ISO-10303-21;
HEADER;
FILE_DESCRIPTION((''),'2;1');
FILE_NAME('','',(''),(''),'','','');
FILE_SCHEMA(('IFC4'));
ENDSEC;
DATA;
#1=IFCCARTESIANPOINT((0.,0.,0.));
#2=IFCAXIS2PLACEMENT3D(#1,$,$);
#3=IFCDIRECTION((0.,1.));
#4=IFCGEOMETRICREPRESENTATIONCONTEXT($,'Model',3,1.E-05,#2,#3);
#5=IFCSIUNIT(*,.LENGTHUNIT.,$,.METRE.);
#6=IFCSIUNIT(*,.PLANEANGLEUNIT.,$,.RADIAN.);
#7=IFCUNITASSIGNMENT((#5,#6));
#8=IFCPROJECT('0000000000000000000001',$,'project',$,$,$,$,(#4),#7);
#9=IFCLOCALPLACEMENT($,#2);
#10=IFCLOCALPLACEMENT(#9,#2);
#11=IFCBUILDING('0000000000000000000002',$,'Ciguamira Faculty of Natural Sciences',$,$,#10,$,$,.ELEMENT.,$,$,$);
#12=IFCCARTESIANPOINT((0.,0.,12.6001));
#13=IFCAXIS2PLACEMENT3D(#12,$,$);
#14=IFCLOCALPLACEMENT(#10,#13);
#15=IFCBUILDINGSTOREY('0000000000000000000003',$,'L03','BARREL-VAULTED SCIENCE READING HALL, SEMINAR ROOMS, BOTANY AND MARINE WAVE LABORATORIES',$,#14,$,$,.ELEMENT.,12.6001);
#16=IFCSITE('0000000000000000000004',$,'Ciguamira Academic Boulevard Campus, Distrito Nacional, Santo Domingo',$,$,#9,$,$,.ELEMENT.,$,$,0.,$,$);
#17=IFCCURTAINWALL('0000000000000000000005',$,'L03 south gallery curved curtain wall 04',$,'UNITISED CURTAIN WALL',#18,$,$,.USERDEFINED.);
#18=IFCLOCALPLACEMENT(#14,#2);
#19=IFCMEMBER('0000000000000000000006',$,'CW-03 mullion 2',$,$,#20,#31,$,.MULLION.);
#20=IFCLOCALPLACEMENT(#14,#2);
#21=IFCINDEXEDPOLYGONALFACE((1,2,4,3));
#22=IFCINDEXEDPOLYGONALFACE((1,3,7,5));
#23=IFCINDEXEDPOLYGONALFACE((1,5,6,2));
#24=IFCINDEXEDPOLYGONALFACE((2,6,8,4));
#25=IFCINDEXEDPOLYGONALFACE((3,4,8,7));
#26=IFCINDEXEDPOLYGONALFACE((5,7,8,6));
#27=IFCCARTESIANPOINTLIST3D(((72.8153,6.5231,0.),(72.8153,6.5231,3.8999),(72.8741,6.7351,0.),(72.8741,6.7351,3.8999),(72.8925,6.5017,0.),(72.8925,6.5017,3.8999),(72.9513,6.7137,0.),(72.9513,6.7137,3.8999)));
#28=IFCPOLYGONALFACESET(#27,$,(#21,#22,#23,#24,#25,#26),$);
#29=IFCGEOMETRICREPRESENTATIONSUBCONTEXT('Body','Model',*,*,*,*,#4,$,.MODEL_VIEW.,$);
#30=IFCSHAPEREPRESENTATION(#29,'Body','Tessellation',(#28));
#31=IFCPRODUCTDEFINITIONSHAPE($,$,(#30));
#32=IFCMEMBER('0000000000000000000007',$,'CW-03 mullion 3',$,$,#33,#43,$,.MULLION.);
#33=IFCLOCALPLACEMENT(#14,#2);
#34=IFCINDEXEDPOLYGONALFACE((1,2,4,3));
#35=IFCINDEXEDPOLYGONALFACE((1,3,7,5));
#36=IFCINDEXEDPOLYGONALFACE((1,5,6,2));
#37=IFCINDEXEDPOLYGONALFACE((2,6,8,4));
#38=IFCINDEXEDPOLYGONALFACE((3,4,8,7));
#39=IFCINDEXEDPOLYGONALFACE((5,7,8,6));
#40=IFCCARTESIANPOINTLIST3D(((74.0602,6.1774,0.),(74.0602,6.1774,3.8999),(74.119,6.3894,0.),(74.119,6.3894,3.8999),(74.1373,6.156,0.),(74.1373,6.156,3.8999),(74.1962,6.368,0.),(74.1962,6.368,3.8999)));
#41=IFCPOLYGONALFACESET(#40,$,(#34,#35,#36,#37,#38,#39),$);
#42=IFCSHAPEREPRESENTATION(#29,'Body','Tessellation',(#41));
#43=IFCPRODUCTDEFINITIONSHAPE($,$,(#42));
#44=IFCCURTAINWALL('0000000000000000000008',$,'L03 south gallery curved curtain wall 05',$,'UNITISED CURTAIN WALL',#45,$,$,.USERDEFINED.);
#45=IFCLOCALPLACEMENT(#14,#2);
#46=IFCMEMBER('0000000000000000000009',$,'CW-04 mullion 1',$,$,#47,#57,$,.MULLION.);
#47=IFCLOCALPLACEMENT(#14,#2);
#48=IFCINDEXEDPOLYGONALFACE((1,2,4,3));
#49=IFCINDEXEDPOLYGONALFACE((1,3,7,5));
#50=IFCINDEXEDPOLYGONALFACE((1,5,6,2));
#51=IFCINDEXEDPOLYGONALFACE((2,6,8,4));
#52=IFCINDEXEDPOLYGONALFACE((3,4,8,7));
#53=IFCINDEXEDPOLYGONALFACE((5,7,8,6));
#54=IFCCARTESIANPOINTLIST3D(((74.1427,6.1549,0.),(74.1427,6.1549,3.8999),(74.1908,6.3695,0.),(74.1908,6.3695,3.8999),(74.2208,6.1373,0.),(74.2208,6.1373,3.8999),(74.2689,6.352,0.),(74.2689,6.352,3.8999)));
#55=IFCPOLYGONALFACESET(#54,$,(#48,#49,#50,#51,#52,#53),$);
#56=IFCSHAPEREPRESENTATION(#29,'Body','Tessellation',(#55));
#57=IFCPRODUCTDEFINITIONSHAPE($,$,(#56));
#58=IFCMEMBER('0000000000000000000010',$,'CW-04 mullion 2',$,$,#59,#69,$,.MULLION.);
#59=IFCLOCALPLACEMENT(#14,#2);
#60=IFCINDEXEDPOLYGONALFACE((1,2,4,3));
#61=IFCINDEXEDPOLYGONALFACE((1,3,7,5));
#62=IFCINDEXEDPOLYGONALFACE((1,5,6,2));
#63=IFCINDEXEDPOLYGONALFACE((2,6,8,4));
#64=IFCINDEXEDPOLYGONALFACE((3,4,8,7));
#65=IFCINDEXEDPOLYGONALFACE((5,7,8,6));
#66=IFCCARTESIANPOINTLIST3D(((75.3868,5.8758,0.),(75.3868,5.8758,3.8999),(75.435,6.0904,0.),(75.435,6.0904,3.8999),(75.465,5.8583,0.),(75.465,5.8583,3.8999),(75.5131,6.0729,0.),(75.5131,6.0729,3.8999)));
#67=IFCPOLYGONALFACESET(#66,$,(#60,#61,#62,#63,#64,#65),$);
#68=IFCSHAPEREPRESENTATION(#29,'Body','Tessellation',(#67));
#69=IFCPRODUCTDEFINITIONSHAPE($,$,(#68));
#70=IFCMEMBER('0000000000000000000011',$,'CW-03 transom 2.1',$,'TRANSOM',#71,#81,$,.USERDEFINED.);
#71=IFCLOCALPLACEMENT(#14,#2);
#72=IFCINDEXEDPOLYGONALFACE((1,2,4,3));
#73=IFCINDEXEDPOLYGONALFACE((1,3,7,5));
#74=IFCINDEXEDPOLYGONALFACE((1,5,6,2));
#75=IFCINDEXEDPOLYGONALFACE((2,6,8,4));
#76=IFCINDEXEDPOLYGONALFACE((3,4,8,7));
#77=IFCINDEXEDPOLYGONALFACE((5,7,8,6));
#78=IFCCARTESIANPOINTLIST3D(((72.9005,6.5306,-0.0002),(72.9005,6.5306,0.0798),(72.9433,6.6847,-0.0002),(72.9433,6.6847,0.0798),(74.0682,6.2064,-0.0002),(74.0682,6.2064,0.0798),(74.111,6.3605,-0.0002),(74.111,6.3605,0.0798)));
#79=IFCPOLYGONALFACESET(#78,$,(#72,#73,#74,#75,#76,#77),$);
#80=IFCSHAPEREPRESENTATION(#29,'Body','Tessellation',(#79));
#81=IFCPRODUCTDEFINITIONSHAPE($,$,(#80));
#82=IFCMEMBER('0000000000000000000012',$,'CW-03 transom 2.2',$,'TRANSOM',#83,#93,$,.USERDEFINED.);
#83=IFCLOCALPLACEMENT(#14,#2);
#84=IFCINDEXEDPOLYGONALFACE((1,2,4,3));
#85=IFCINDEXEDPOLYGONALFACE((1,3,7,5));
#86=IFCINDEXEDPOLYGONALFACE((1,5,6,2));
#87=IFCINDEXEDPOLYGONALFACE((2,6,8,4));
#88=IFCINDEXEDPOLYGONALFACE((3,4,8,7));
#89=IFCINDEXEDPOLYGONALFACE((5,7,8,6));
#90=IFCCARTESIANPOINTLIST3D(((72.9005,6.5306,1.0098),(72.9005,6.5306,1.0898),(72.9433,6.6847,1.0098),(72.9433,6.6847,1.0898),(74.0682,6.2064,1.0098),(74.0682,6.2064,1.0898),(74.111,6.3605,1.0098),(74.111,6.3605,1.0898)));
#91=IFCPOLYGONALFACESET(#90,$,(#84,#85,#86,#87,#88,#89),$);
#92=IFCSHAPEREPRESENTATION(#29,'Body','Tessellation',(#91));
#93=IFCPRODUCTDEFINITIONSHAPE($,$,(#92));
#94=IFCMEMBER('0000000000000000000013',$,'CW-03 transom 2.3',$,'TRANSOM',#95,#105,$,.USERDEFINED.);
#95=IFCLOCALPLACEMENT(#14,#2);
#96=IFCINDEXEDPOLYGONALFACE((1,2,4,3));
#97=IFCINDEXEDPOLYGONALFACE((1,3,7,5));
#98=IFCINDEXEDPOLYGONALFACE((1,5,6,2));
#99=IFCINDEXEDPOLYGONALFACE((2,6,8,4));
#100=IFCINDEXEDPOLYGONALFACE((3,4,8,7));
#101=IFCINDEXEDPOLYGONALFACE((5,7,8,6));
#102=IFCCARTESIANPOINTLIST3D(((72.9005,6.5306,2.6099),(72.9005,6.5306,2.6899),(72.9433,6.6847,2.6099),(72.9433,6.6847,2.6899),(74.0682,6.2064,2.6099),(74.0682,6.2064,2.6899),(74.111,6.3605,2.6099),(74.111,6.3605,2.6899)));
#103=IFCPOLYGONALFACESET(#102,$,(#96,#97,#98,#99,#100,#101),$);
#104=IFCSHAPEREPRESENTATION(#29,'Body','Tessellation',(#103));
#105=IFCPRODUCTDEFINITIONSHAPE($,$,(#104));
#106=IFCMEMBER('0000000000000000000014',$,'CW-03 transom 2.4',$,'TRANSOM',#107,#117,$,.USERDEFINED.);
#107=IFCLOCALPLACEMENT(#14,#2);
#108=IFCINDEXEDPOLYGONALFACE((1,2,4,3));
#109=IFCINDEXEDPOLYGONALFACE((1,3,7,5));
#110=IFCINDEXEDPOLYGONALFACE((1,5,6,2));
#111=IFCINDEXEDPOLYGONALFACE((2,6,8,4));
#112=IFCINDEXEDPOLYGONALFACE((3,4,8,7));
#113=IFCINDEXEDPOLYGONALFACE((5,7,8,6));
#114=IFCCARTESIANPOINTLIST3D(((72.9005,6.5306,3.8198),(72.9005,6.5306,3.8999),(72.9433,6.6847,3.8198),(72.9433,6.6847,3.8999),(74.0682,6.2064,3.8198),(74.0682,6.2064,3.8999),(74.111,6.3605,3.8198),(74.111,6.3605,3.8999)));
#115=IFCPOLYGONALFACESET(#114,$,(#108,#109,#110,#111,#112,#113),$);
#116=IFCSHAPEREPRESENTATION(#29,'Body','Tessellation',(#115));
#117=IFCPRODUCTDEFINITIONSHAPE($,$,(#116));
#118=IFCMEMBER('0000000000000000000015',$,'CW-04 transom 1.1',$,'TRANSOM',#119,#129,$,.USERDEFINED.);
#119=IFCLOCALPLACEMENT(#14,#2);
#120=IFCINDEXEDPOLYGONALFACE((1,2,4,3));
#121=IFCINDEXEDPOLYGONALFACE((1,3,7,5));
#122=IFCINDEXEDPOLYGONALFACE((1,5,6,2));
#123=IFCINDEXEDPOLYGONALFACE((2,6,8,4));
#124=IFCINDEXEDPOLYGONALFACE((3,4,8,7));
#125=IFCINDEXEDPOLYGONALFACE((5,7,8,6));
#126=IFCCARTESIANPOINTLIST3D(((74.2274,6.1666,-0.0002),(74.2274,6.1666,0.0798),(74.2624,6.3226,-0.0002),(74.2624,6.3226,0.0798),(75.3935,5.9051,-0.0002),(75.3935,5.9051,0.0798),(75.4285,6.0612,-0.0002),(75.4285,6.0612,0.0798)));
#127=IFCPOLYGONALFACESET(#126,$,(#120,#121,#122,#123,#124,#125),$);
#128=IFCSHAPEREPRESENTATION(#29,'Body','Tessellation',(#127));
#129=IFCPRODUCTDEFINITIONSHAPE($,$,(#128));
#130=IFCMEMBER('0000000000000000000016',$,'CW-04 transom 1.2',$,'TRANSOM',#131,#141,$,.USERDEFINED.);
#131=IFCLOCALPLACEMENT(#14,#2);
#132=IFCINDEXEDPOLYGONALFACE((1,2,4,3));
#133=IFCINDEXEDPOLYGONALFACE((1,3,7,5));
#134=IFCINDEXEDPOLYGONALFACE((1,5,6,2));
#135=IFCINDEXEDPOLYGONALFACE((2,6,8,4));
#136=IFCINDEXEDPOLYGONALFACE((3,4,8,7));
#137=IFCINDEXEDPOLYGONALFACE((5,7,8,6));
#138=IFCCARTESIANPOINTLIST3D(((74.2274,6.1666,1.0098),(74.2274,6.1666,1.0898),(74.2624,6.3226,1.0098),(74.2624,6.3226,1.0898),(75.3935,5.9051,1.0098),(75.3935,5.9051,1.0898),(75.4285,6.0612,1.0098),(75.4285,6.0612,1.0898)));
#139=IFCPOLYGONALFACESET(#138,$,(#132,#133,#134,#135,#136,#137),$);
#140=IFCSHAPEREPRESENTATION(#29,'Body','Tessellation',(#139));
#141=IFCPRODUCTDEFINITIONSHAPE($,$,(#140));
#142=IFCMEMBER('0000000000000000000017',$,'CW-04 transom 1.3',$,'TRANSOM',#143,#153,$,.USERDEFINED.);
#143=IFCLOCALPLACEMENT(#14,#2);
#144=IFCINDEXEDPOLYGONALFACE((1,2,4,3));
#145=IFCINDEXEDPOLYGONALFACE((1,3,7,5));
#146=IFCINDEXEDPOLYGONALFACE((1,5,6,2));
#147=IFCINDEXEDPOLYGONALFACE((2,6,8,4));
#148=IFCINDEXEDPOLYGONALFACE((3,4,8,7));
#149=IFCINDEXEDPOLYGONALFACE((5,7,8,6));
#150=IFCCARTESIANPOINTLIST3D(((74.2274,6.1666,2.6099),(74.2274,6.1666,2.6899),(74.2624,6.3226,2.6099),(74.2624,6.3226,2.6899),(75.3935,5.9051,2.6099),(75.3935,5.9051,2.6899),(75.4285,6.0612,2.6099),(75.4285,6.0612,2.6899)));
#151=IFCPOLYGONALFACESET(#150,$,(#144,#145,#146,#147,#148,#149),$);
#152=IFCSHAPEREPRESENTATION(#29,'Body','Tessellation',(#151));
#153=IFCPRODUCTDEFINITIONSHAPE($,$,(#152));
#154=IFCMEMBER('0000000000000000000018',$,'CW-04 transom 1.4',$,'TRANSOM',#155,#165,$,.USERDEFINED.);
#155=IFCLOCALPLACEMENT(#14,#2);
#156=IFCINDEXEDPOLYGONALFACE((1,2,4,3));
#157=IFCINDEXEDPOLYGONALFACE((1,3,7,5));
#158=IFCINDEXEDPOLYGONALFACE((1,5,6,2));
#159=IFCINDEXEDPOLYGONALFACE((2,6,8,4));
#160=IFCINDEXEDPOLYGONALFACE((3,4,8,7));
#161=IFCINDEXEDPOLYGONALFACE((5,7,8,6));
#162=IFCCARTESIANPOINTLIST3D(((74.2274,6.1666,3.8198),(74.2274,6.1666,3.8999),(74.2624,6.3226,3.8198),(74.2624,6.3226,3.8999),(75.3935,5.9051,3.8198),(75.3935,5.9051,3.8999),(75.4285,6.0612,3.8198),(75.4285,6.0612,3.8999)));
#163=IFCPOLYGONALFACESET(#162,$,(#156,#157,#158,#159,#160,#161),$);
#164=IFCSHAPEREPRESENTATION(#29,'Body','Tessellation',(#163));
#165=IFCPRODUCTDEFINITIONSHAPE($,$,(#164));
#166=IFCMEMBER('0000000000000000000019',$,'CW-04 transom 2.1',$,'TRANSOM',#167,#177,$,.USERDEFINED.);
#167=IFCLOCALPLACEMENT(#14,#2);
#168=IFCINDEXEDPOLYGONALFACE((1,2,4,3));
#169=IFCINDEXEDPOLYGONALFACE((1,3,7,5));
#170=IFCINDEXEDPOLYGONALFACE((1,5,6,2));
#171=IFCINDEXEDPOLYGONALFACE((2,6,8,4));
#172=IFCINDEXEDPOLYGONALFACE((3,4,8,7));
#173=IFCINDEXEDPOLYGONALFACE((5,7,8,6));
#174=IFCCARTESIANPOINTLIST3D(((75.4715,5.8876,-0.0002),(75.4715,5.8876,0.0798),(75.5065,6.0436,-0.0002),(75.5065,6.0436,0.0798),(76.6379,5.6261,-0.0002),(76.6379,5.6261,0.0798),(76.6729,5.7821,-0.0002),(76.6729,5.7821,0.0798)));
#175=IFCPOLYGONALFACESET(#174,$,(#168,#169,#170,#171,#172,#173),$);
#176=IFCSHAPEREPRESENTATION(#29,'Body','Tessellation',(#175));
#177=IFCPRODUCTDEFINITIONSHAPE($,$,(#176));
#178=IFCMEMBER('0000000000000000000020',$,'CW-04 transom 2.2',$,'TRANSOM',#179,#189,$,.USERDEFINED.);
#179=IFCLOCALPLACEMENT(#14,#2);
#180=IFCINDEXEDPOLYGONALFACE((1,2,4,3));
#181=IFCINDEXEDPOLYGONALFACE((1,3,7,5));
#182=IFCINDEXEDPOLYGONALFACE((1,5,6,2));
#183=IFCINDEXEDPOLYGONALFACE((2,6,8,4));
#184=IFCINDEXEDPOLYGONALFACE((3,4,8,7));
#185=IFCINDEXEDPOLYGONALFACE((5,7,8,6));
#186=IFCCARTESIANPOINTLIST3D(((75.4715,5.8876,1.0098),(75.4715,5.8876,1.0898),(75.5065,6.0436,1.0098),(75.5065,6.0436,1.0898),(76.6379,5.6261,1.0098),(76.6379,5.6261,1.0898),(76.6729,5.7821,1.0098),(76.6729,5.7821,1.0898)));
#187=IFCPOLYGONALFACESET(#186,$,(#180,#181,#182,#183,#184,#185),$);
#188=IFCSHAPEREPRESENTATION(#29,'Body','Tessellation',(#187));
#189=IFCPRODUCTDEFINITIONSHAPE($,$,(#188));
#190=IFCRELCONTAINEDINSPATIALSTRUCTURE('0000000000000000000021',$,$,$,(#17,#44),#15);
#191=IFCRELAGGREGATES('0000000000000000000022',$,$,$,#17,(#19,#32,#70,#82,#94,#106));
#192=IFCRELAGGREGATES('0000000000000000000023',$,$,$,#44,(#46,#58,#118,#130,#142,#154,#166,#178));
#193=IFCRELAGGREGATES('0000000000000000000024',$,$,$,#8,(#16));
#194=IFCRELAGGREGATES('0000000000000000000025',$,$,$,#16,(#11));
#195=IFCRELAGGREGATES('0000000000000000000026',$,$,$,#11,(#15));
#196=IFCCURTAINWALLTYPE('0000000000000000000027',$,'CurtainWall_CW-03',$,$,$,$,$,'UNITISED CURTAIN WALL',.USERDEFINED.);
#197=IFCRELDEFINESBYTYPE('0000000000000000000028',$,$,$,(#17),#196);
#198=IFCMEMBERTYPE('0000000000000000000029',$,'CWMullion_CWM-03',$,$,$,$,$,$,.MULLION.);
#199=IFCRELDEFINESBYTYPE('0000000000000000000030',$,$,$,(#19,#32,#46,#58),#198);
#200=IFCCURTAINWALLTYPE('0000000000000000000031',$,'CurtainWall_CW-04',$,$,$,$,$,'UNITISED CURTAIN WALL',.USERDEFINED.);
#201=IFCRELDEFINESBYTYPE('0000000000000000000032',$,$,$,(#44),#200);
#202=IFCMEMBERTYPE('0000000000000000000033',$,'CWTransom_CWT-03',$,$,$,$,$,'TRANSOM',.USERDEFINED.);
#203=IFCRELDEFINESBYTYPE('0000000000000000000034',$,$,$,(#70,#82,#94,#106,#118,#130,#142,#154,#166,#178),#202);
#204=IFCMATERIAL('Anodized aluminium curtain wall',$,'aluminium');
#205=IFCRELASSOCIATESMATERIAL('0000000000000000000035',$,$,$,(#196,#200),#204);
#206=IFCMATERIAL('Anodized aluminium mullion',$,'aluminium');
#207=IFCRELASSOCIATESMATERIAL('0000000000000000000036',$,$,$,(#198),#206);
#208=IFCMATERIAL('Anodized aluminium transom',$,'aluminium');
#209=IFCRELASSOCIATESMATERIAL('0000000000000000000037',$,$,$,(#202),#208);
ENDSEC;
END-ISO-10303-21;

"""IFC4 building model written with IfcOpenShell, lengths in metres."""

from ifc_helpers import new_model, si_unit, direction, frame, origin, origin_2d, place, context, subcontext, project, spatial, rectangle, extrude, material, material_profile, profile_set, type_object, element, aggregate, save


model = new_model("IFC4")

# Units and contexts
model_context = context("Model", 3, precision=1e-05, world=origin(), true_north=direction((0.0, 1.0)))
body_context = subcontext(model_context, "Body", "Model", "MODEL_VIEW")
ifc_project = project(units=[si_unit("LENGTHUNIT", "METRE"), si_unit("PLANEANGLEUNIT", "RADIAN")], contexts=[model_context])

# Site, building, storey
site_placement = place(None, origin())
site = spatial("IfcSite", under=ifc_project, at=site_placement, Name="Ciguamira Academic Boulevard Campus, Distrito Nacional, Santo Domingo", CompositionType="ELEMENT", RefElevation=0.0)
building_placement = place(site_placement, origin())
building = spatial("IfcBuilding", under=site, at=building_placement, Name="Ciguamira Faculty of Natural Sciences", CompositionType="ELEMENT")
storey_placement = place(building_placement, frame((0.0, 0.0, 12.6001)))
storey = spatial("IfcBuildingStorey", under=building, at=storey_placement, Name="L03", Description="BARREL-VAULTED SCIENCE READING HALL, SEMINAR ROOMS, BOTANY AND MARINE WAVE LABORATORIES", CompositionType="ELEMENT", Elevation=12.6001)

# Curtain walls, members
ifc_material_1 = material(Name="Anodized aluminium curtain wall", Category="aluminium")
curtain_wall_type_1 = type_object("IfcCurtainWallType", Name="CurtainWall_CW-03", ElementType="UNITISED CURTAIN WALL", PredefinedType="USERDEFINED", material=ifc_material_1)
curtain_wall_1_placement = place(storey_placement, origin())
curtain_wall_1 = element("IfcCurtainWall", 1, at=curtain_wall_1_placement, inside=storey, type_object=curtain_wall_type_1, Name="L03 south gallery curved curtain wall 04", ObjectType="UNITISED CURTAIN WALL", PredefinedType="USERDEFINED")
ifc_material_2 = material(Name="Anodized aluminium mullion", Category="aluminium")
ifc_material_profile_1 = material_profile(ifc_material_2, rectangle(XDim=0.0801, YDim=0.22, at=origin_2d()), Name="ALU-MUL-80X220")
ifc_profile_set_1 = profile_set([ifc_material_profile_1], Name="Anodized aluminium mullion")
member_type_1 = type_object("IfcMemberType", Name="CWMullion_CWM-03", PredefinedType="MULLION", material=ifc_profile_set_1)
member_1_placement = place(storey_placement, frame((72.8833, 6.6184, 0.0), z_axis=(0.0, 0.0, 1.0), x_axis=(0.963573, -0.267444, 0.0)))
member_1 = element("IfcMember", 2, at=member_1_placement, type_object=member_type_1, Name="CW-03 mullion 2", PredefinedType="MULLION", context=body_context, shape_type="SweptSolid", body=[
    extrude(rectangle(XDim=0.0801, YDim=0.22, at=origin_2d()), origin(), (0.0, 0.0, 1.0), 3.8999),
])
member_2_placement = place(storey_placement, frame((74.1282, 6.2727, 0.0), z_axis=(0.0, 0.0, 1.0), x_axis=(0.963573, -0.267444, 0.0)))
member_2 = element("IfcMember", 3, at=member_2_placement, type_object=member_type_1, Name="CW-03 mullion 3", PredefinedType="MULLION", context=body_context, shape_type="SweptSolid", body=[
    extrude(rectangle(XDim=0.0801, YDim=0.22, at=origin_2d()), origin(), (0.0, 0.0, 1.0), 3.8999),
])
curtain_wall_type_2 = type_object("IfcCurtainWallType", Name="CurtainWall_CW-04", ElementType="UNITISED CURTAIN WALL", PredefinedType="USERDEFINED", material=ifc_material_1)
curtain_wall_2_placement = place(storey_placement, origin())
curtain_wall_2 = element("IfcCurtainWall", 4, at=curtain_wall_2_placement, inside=storey, type_object=curtain_wall_type_2, Name="L03 south gallery curved curtain wall 05", ObjectType="UNITISED CURTAIN WALL", PredefinedType="USERDEFINED")
member_3_placement = place(storey_placement, frame((74.2058, 6.2534, 0.0), z_axis=(0.0, 0.0, 1.0), x_axis=(0.975763, -0.21883, 0.0)))
member_3 = element("IfcMember", 5, at=member_3_placement, type_object=member_type_1, Name="CW-04 mullion 1", PredefinedType="MULLION", context=body_context, shape_type="SweptSolid", body=[
    extrude(rectangle(XDim=0.0801, YDim=0.22, at=origin_2d()), origin(), (0.0, 0.0, 1.0), 3.8999),
])
member_4_placement = place(storey_placement, frame((75.45, 5.9744, 0.0), z_axis=(0.0, 0.0, 1.0), x_axis=(0.975763, -0.21883, 0.0)))
member_4 = element("IfcMember", 6, at=member_4_placement, type_object=member_type_1, Name="CW-04 mullion 2", PredefinedType="MULLION", context=body_context, shape_type="SweptSolid", body=[
    extrude(rectangle(XDim=0.0801, YDim=0.22, at=origin_2d()), origin(), (0.0, 0.0, 1.0), 3.8999),
])

# Members
ifc_material_3 = material(Name="Anodized aluminium transom", Category="aluminium")
ifc_material_profile_2 = material_profile(ifc_material_3, rectangle(XDim=0.0801, YDim=0.1599, at=origin_2d()), Name="ALU-TRN-80X160")
ifc_profile_set_2 = profile_set([ifc_material_profile_2], Name="Anodized aluminium transom")
member_type_2 = type_object("IfcMemberType", Name="CWTransom_CWT-03", ElementType="TRANSOM", PredefinedType="USERDEFINED", material=ifc_profile_set_2)
member_5_placement = place(storey_placement, frame((72.9219, 6.6077, 0.0398), z_axis=(0.96355, -0.26753, 0.0), x_axis=(0.0, 0.0, 1.0)))
member_5 = element("IfcMember", 7, at=member_5_placement, type_object=member_type_2, Name="CW-03 transom 2.1", ObjectType="TRANSOM", PredefinedType="USERDEFINED", context=body_context, shape_type="SweptSolid", body=[
    extrude(rectangle(XDim=0.0801, YDim=0.1599, at=origin_2d()), origin(), (0.0, 0.0, 1.0), 1.2119),
])
member_6_placement = place(storey_placement, frame((72.9219, 6.6077, 1.0498), z_axis=(0.96355, -0.26753, 0.0), x_axis=(0.0, 0.0, 1.0)))
member_6 = element("IfcMember", 8, at=member_6_placement, type_object=member_type_2, Name="CW-03 transom 2.2", ObjectType="TRANSOM", PredefinedType="USERDEFINED", context=body_context, shape_type="SweptSolid", body=[
    extrude(rectangle(XDim=0.0801, YDim=0.1599, at=origin_2d()), origin(), (0.0, 0.0, 1.0), 1.2119),
])
member_7_placement = place(storey_placement, frame((72.9219, 6.6077, 2.6499), z_axis=(0.96355, -0.26753, 0.0), x_axis=(0.0, 0.0, 1.0)))
member_7 = element("IfcMember", 9, at=member_7_placement, type_object=member_type_2, Name="CW-03 transom 2.3", ObjectType="TRANSOM", PredefinedType="USERDEFINED", context=body_context, shape_type="SweptSolid", body=[
    extrude(rectangle(XDim=0.0801, YDim=0.1599, at=origin_2d()), origin(), (0.0, 0.0, 1.0), 1.2119),
])
member_8_placement = place(storey_placement, frame((72.9219, 6.6077, 3.8599), z_axis=(0.96355, -0.26753, 0.0), x_axis=(0.0, 0.0, 1.0)))
member_8 = element("IfcMember", 10, at=member_8_placement, type_object=member_type_2, Name="CW-03 transom 2.4", ObjectType="TRANSOM", PredefinedType="USERDEFINED", context=body_context, shape_type="SweptSolid", body=[
    extrude(rectangle(XDim=0.0801, YDim=0.1599, at=origin_2d()), origin(), (0.0, 0.0, 1.0), 1.2119),
])
member_9_placement = place(storey_placement, frame((74.2449, 6.2446, 0.0398), z_axis=(0.975767, -0.218812, 0.0), x_axis=(0.0, 0.0, 1.0)))
member_9 = element("IfcMember", 11, at=member_9_placement, type_object=member_type_2, Name="CW-04 transom 1.1", ObjectType="TRANSOM", PredefinedType="USERDEFINED", context=body_context, shape_type="SweptSolid", body=[
    extrude(rectangle(XDim=0.0801, YDim=0.1599, at=origin_2d()), origin(), (0.0, 0.0, 1.0), 1.1951),
])
member_10_placement = place(storey_placement, frame((74.2449, 6.2446, 1.0498), z_axis=(0.975767, -0.218812, 0.0), x_axis=(0.0, 0.0, 1.0)))
member_10 = element("IfcMember", 12, at=member_10_placement, type_object=member_type_2, Name="CW-04 transom 1.2", ObjectType="TRANSOM", PredefinedType="USERDEFINED", context=body_context, shape_type="SweptSolid", body=[
    extrude(rectangle(XDim=0.0801, YDim=0.1599, at=origin_2d()), origin(), (0.0, 0.0, 1.0), 1.1951),
])
member_11_placement = place(storey_placement, frame((74.2449, 6.2446, 2.6499), z_axis=(0.975767, -0.218812, 0.0), x_axis=(0.0, 0.0, 1.0)))
member_11 = element("IfcMember", 13, at=member_11_placement, type_object=member_type_2, Name="CW-04 transom 1.3", ObjectType="TRANSOM", PredefinedType="USERDEFINED", context=body_context, shape_type="SweptSolid", body=[
    extrude(rectangle(XDim=0.0801, YDim=0.1599, at=origin_2d()), origin(), (0.0, 0.0, 1.0), 1.1951),
])
member_12_placement = place(storey_placement, frame((74.2449, 6.2446, 3.8599), z_axis=(0.975767, -0.218812, 0.0), x_axis=(0.0, 0.0, 1.0)))
member_12 = element("IfcMember", 14, at=member_12_placement, type_object=member_type_2, Name="CW-04 transom 1.4", ObjectType="TRANSOM", PredefinedType="USERDEFINED", context=body_context, shape_type="SweptSolid", body=[
    extrude(rectangle(XDim=0.0801, YDim=0.1599, at=origin_2d()), origin(), (0.0, 0.0, 1.0), 1.1951),
])
member_13_placement = place(storey_placement, frame((75.489, 5.9656, 0.0398), z_axis=(0.975777, -0.218768, 0.0), x_axis=(0.0, 0.0, 1.0)))
member_13 = element("IfcMember", 15, at=member_13_placement, type_object=member_type_2, Name="CW-04 transom 2.1", ObjectType="TRANSOM", PredefinedType="USERDEFINED", context=body_context, shape_type="SweptSolid", body=[
    extrude(rectangle(XDim=0.0801, YDim=0.1599, at=origin_2d()), origin(), (0.0, 0.0, 1.0), 1.1953),
])
member_14_placement = place(storey_placement, frame((75.489, 5.9656, 1.0498), z_axis=(0.975777, -0.218768, 0.0), x_axis=(0.0, 0.0, 1.0)))
member_14 = element("IfcMember", 16, at=member_14_placement, type_object=member_type_2, Name="CW-04 transom 2.2", ObjectType="TRANSOM", PredefinedType="USERDEFINED", context=body_context, shape_type="SweptSolid", body=[
    extrude(rectangle(XDim=0.0801, YDim=0.1599, at=origin_2d()), origin(), (0.0, 0.0, 1.0), 1.1953),
])

aggregate(curtain_wall_1, [member_1, member_2, member_5, member_6, member_7, member_8])
aggregate(curtain_wall_2, [member_3, member_4, member_9, member_10, member_11, member_12, member_13, member_14])

save(model, "model.ifc")
